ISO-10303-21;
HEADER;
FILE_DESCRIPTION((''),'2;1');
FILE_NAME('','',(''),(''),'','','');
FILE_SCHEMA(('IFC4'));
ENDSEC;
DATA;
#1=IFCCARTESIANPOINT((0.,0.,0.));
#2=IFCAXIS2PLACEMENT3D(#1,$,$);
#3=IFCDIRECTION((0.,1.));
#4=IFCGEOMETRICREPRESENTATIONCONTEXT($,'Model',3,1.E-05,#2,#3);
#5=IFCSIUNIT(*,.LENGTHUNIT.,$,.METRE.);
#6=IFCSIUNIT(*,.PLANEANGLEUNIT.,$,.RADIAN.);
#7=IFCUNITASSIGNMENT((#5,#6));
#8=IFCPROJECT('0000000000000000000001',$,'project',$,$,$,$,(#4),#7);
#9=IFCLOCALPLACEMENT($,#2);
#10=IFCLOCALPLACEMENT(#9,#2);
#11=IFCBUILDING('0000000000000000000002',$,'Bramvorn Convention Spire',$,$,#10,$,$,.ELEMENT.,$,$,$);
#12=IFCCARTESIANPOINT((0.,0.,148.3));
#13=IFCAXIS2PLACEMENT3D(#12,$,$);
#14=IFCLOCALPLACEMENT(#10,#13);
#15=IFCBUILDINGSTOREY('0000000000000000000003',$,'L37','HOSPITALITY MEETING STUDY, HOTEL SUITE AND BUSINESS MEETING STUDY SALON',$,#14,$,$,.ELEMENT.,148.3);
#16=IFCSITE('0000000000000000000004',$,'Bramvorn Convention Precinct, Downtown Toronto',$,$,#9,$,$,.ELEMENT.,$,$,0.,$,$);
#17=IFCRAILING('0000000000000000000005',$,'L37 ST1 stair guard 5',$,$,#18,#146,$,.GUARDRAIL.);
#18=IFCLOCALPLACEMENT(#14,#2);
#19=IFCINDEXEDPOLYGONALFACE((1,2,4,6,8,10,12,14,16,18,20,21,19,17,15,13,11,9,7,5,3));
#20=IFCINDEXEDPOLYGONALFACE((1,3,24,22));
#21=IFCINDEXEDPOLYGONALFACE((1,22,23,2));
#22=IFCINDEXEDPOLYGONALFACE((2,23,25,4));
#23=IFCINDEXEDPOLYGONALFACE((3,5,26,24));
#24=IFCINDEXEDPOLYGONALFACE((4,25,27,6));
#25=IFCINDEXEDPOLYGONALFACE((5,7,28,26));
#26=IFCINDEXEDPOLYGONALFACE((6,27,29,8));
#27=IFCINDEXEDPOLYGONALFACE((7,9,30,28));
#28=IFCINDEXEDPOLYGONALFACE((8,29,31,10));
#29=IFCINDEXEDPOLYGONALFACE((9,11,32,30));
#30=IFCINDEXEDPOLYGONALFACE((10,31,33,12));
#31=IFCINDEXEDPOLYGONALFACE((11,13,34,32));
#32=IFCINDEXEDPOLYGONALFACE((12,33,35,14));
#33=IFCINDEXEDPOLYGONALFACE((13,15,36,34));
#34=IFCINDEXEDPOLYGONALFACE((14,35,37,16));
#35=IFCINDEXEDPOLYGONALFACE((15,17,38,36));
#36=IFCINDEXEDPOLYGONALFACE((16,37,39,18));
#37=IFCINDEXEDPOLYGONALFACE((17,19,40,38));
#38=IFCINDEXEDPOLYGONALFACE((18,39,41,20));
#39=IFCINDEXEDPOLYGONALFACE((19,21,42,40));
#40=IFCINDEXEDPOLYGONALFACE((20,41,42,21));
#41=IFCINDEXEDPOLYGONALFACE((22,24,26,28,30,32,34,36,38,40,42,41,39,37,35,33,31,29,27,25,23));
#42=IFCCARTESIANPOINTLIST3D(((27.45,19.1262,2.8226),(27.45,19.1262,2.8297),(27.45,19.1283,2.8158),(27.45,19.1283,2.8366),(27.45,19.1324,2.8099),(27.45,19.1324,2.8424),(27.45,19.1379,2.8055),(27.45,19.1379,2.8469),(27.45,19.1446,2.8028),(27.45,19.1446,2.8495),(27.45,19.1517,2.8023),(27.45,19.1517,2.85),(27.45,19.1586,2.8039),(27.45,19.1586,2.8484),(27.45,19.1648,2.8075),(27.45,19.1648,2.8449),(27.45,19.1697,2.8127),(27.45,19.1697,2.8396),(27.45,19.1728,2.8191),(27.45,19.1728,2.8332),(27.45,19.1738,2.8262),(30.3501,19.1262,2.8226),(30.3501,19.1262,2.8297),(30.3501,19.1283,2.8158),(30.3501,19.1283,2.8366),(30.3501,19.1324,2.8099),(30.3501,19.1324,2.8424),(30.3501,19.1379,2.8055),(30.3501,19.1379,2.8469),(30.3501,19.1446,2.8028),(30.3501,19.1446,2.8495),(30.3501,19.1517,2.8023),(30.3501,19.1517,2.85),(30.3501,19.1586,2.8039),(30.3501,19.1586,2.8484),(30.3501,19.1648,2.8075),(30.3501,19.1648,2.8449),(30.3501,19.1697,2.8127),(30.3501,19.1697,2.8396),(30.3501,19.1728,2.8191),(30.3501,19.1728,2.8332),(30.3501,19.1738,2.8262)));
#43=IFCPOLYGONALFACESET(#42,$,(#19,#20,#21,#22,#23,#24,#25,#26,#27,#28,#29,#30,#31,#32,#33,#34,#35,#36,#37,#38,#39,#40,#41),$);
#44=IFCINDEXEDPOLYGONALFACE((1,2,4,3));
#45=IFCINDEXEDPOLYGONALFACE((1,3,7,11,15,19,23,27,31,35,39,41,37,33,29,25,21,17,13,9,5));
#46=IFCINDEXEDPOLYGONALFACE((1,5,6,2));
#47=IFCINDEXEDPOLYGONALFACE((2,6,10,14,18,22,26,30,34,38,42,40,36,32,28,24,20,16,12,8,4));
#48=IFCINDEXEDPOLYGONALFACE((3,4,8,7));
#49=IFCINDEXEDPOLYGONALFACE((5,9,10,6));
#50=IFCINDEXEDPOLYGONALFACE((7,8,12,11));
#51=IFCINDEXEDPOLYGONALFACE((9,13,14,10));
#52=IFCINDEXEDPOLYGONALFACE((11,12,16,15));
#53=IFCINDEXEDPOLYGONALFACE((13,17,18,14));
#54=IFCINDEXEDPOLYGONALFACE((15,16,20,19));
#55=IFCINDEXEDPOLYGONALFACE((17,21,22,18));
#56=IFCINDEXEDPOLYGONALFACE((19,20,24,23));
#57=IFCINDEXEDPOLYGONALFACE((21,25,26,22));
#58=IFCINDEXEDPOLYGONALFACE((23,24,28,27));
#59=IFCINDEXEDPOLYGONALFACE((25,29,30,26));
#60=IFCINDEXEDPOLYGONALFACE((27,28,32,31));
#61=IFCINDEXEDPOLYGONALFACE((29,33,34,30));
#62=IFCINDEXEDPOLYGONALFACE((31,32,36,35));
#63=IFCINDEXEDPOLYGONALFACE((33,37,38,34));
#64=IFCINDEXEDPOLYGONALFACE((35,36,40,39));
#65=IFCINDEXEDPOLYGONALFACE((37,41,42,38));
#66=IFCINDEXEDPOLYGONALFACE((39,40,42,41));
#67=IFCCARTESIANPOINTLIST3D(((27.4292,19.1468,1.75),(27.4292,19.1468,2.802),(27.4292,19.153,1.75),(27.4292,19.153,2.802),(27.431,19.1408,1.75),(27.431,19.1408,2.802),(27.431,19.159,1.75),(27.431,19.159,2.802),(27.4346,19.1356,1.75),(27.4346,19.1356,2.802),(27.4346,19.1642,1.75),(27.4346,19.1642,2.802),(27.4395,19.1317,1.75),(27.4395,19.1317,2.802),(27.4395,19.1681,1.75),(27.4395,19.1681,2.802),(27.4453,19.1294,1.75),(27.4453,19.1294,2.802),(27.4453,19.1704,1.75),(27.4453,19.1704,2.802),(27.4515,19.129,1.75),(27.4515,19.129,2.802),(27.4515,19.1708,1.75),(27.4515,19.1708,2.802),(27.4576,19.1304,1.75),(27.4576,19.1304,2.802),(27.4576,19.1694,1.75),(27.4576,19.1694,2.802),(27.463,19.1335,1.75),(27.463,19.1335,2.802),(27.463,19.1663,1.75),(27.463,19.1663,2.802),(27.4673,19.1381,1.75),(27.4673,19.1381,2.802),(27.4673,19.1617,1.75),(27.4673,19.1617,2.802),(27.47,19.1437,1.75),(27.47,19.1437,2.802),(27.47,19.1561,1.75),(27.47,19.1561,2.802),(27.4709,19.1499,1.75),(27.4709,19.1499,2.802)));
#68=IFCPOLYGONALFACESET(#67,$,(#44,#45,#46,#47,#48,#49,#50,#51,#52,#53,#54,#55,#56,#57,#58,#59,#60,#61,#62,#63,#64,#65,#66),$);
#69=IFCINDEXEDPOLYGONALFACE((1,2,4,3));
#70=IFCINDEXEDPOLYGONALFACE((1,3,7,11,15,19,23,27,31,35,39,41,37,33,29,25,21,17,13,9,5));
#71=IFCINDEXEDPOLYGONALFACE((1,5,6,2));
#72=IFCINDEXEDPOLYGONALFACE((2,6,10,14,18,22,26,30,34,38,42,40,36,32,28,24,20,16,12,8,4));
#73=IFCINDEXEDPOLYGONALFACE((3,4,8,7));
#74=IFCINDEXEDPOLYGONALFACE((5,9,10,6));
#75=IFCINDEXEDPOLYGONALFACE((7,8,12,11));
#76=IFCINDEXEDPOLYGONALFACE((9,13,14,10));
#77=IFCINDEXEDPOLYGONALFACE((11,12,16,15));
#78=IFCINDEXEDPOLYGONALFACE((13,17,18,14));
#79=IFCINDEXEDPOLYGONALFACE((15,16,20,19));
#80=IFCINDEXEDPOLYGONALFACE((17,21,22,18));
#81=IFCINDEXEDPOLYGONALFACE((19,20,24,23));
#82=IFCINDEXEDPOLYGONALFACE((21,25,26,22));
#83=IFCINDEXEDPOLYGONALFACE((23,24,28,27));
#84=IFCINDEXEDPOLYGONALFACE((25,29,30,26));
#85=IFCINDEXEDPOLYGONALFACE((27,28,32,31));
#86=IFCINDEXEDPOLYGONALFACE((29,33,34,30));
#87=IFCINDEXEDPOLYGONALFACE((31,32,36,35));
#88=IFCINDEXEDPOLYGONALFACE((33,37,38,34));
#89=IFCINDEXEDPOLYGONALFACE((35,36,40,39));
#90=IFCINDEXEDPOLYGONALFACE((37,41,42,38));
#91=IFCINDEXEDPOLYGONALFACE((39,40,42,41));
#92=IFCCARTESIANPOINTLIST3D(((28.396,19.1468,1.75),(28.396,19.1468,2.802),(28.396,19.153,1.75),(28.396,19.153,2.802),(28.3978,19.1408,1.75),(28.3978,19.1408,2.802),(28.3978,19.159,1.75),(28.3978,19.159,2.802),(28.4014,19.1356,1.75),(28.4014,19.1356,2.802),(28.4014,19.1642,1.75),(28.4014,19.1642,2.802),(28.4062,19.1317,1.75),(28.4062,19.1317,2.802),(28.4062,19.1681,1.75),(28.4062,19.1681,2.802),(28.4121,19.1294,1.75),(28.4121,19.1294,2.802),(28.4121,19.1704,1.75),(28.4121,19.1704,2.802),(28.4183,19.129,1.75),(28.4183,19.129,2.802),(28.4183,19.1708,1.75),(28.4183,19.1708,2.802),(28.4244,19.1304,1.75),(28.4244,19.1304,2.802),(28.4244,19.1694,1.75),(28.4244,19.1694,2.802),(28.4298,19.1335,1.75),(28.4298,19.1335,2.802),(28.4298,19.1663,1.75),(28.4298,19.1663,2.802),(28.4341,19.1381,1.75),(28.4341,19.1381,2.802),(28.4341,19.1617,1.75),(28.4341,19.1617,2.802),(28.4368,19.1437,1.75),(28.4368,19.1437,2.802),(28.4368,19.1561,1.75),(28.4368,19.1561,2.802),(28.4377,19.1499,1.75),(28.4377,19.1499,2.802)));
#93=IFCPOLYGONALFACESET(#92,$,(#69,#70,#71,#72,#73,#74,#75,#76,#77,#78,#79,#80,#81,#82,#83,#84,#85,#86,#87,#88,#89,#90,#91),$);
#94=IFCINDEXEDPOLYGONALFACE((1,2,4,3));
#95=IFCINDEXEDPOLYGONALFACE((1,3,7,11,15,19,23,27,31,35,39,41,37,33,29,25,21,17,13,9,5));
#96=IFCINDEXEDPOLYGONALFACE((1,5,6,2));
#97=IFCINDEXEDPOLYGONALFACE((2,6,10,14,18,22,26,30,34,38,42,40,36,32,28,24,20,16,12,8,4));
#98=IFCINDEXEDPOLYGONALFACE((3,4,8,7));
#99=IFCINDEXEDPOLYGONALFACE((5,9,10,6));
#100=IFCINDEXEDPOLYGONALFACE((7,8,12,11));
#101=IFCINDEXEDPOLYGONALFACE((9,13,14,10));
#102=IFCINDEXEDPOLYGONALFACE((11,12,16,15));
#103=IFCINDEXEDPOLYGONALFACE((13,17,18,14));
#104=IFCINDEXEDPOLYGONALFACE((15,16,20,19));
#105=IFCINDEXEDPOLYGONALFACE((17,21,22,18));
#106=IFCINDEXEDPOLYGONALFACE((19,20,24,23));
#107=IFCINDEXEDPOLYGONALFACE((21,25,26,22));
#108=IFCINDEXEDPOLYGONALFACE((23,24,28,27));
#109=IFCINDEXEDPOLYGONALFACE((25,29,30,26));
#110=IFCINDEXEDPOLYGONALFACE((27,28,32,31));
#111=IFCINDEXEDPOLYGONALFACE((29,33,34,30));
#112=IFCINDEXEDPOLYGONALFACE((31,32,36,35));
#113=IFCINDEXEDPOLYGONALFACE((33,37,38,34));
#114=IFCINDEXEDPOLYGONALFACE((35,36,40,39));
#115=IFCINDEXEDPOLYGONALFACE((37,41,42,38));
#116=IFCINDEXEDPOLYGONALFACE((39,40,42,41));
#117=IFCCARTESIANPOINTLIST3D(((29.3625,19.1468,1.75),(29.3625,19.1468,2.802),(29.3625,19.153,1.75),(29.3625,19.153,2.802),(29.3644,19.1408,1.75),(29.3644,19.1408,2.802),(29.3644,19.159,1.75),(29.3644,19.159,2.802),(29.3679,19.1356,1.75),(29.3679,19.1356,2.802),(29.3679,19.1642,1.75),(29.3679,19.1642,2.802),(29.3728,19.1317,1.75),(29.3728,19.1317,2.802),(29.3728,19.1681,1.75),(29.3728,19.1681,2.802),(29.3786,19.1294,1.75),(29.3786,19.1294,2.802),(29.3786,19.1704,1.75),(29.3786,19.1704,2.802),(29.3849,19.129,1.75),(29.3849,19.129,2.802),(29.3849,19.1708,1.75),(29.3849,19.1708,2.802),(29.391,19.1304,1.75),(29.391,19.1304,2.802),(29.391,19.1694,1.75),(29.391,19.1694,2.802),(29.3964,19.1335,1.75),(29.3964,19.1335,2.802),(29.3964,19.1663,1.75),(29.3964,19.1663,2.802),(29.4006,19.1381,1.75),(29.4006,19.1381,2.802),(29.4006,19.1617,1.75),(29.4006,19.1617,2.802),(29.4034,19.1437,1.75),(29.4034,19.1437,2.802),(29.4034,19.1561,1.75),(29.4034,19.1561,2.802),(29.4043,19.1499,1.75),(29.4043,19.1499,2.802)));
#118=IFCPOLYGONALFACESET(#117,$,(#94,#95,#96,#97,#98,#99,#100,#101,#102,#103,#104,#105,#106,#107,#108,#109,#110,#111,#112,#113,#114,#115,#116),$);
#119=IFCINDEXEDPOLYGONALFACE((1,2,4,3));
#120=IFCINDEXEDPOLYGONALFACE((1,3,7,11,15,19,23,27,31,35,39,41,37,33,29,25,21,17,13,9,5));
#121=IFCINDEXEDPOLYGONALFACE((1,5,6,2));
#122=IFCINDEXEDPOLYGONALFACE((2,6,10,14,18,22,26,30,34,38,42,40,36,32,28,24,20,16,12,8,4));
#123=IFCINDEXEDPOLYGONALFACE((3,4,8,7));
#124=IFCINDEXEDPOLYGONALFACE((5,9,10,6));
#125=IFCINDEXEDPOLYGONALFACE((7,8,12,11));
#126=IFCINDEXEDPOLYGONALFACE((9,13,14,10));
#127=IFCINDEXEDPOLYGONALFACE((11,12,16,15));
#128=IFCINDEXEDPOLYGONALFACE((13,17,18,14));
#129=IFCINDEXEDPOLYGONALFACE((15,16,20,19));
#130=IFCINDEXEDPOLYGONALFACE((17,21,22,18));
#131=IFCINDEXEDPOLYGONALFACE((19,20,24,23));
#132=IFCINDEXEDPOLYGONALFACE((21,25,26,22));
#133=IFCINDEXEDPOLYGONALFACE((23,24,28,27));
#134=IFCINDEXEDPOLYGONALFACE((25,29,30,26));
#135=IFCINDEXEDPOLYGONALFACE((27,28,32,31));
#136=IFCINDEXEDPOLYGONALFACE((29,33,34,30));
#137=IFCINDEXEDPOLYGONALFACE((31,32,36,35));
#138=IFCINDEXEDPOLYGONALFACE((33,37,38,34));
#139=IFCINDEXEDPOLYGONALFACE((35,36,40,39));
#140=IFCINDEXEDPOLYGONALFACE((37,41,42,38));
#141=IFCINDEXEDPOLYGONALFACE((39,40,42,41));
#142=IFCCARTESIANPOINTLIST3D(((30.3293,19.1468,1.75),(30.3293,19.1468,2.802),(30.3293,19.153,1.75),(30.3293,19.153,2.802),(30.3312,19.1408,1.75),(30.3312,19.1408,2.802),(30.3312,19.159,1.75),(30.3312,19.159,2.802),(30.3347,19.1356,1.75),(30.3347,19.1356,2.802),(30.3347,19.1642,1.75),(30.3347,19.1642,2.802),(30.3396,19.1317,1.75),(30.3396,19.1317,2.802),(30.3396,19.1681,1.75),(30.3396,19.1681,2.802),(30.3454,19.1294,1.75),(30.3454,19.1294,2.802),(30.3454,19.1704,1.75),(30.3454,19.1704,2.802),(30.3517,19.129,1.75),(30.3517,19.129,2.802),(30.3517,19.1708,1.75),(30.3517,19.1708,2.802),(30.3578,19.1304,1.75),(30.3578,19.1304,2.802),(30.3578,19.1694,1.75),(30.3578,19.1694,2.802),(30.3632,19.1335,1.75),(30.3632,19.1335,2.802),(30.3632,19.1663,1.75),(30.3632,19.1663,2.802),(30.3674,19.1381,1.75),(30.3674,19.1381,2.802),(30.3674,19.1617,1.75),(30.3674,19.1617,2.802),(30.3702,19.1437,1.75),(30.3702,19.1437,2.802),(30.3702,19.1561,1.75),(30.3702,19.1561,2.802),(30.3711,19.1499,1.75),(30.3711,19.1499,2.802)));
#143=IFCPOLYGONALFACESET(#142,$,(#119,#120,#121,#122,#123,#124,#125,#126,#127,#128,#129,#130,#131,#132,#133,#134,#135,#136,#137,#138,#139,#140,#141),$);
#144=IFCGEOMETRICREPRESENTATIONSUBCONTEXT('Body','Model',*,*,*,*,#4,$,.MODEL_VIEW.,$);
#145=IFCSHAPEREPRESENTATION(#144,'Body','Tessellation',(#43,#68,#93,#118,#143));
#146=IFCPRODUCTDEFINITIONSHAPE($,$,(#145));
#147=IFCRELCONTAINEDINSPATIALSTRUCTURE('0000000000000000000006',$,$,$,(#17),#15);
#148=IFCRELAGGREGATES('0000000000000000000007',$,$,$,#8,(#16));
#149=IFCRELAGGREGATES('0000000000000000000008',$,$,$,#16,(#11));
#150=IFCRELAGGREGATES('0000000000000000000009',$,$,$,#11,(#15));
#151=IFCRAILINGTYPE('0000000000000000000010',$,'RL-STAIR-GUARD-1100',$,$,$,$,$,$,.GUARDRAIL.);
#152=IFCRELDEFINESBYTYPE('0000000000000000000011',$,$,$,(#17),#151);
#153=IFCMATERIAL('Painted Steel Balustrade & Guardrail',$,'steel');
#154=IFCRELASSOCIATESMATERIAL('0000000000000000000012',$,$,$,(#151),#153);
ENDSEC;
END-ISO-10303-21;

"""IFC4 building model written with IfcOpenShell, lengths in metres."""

from ifc_helpers import new_model, si_unit, direction, frame, origin, origin_2d, place, context, subcontext, project, spatial, circle, extrude, material, type_object, element, save


model = new_model("IFC4")

# Units and contexts
model_context = context("Model", 3, precision=1e-05, world=origin(), true_north=direction((0.0, 1.0)))
body_context = subcontext(model_context, "Body", "Model", "MODEL_VIEW")
ifc_project = project(units=[si_unit("LENGTHUNIT", "METRE"), si_unit("PLANEANGLEUNIT", "RADIAN")], contexts=[model_context])

# Site, building, storey
site_placement = place(None, origin())
site = spatial("IfcSite", under=ifc_project, at=site_placement, Name="Bramvorn Convention Precinct, Downtown Toronto", CompositionType="ELEMENT", RefElevation=0.0)
building_placement = place(site_placement, origin())
building = spatial("IfcBuilding", under=site, at=building_placement, Name="Bramvorn Convention Spire", CompositionType="ELEMENT")
storey_placement = place(building_placement, frame((0.0, 0.0, 148.3)))
storey = spatial("IfcBuildingStorey", under=building, at=storey_placement, Name="L37", Description="HOSPITALITY MEETING STUDY, HOTEL SUITE AND BUSINESS MEETING STUDY SALON", CompositionType="ELEMENT", Elevation=148.3)

# Railing
ifc_material_1 = material(Name="Painted Steel Balustrade & Guardrail", Category="steel")
railing_type_1 = type_object("IfcRailingType", Name="RL-STAIR-GUARD-1100", PredefinedType="GUARDRAIL", material=ifc_material_1)
railing_1_placement = place(storey_placement, frame((27.45, 19.1499, 1.75)))
element("IfcRailing", 1, at=railing_1_placement, inside=storey, type_object=railing_type_1, Name="L37 ST1 stair guard 5", PredefinedType="GUARDRAIL", context=body_context, shape_type="SweptSolid", body=[
    extrude(circle(Radius=0.0239, at=origin_2d()), frame((0.0, 0.0, 1.0762), z_axis=(1.0, 0.0, 0.0), x_axis=(0.0, 1.0, 0.0)), (0.0, 0.0, 1.0), 2.9001),
    extrude(circle(Radius=0.021, at=origin_2d()), origin(), (0.0, 0.0, 1.0), 1.052),
    extrude(circle(Radius=0.021, at=origin_2d()), frame((0.9668, 0.0, 0.0)), (0.0, 0.0, 1.0), 1.052),
    extrude(circle(Radius=0.021, at=origin_2d()), frame((1.9333, 0.0, 0.0)), (0.0, 0.0, 1.0), 1.052),
    extrude(circle(Radius=0.021, at=origin_2d()), frame((2.9001, 0.0, 0.0)), (0.0, 0.0, 1.0), 1.052),
])

save(model, "model.ifc")
